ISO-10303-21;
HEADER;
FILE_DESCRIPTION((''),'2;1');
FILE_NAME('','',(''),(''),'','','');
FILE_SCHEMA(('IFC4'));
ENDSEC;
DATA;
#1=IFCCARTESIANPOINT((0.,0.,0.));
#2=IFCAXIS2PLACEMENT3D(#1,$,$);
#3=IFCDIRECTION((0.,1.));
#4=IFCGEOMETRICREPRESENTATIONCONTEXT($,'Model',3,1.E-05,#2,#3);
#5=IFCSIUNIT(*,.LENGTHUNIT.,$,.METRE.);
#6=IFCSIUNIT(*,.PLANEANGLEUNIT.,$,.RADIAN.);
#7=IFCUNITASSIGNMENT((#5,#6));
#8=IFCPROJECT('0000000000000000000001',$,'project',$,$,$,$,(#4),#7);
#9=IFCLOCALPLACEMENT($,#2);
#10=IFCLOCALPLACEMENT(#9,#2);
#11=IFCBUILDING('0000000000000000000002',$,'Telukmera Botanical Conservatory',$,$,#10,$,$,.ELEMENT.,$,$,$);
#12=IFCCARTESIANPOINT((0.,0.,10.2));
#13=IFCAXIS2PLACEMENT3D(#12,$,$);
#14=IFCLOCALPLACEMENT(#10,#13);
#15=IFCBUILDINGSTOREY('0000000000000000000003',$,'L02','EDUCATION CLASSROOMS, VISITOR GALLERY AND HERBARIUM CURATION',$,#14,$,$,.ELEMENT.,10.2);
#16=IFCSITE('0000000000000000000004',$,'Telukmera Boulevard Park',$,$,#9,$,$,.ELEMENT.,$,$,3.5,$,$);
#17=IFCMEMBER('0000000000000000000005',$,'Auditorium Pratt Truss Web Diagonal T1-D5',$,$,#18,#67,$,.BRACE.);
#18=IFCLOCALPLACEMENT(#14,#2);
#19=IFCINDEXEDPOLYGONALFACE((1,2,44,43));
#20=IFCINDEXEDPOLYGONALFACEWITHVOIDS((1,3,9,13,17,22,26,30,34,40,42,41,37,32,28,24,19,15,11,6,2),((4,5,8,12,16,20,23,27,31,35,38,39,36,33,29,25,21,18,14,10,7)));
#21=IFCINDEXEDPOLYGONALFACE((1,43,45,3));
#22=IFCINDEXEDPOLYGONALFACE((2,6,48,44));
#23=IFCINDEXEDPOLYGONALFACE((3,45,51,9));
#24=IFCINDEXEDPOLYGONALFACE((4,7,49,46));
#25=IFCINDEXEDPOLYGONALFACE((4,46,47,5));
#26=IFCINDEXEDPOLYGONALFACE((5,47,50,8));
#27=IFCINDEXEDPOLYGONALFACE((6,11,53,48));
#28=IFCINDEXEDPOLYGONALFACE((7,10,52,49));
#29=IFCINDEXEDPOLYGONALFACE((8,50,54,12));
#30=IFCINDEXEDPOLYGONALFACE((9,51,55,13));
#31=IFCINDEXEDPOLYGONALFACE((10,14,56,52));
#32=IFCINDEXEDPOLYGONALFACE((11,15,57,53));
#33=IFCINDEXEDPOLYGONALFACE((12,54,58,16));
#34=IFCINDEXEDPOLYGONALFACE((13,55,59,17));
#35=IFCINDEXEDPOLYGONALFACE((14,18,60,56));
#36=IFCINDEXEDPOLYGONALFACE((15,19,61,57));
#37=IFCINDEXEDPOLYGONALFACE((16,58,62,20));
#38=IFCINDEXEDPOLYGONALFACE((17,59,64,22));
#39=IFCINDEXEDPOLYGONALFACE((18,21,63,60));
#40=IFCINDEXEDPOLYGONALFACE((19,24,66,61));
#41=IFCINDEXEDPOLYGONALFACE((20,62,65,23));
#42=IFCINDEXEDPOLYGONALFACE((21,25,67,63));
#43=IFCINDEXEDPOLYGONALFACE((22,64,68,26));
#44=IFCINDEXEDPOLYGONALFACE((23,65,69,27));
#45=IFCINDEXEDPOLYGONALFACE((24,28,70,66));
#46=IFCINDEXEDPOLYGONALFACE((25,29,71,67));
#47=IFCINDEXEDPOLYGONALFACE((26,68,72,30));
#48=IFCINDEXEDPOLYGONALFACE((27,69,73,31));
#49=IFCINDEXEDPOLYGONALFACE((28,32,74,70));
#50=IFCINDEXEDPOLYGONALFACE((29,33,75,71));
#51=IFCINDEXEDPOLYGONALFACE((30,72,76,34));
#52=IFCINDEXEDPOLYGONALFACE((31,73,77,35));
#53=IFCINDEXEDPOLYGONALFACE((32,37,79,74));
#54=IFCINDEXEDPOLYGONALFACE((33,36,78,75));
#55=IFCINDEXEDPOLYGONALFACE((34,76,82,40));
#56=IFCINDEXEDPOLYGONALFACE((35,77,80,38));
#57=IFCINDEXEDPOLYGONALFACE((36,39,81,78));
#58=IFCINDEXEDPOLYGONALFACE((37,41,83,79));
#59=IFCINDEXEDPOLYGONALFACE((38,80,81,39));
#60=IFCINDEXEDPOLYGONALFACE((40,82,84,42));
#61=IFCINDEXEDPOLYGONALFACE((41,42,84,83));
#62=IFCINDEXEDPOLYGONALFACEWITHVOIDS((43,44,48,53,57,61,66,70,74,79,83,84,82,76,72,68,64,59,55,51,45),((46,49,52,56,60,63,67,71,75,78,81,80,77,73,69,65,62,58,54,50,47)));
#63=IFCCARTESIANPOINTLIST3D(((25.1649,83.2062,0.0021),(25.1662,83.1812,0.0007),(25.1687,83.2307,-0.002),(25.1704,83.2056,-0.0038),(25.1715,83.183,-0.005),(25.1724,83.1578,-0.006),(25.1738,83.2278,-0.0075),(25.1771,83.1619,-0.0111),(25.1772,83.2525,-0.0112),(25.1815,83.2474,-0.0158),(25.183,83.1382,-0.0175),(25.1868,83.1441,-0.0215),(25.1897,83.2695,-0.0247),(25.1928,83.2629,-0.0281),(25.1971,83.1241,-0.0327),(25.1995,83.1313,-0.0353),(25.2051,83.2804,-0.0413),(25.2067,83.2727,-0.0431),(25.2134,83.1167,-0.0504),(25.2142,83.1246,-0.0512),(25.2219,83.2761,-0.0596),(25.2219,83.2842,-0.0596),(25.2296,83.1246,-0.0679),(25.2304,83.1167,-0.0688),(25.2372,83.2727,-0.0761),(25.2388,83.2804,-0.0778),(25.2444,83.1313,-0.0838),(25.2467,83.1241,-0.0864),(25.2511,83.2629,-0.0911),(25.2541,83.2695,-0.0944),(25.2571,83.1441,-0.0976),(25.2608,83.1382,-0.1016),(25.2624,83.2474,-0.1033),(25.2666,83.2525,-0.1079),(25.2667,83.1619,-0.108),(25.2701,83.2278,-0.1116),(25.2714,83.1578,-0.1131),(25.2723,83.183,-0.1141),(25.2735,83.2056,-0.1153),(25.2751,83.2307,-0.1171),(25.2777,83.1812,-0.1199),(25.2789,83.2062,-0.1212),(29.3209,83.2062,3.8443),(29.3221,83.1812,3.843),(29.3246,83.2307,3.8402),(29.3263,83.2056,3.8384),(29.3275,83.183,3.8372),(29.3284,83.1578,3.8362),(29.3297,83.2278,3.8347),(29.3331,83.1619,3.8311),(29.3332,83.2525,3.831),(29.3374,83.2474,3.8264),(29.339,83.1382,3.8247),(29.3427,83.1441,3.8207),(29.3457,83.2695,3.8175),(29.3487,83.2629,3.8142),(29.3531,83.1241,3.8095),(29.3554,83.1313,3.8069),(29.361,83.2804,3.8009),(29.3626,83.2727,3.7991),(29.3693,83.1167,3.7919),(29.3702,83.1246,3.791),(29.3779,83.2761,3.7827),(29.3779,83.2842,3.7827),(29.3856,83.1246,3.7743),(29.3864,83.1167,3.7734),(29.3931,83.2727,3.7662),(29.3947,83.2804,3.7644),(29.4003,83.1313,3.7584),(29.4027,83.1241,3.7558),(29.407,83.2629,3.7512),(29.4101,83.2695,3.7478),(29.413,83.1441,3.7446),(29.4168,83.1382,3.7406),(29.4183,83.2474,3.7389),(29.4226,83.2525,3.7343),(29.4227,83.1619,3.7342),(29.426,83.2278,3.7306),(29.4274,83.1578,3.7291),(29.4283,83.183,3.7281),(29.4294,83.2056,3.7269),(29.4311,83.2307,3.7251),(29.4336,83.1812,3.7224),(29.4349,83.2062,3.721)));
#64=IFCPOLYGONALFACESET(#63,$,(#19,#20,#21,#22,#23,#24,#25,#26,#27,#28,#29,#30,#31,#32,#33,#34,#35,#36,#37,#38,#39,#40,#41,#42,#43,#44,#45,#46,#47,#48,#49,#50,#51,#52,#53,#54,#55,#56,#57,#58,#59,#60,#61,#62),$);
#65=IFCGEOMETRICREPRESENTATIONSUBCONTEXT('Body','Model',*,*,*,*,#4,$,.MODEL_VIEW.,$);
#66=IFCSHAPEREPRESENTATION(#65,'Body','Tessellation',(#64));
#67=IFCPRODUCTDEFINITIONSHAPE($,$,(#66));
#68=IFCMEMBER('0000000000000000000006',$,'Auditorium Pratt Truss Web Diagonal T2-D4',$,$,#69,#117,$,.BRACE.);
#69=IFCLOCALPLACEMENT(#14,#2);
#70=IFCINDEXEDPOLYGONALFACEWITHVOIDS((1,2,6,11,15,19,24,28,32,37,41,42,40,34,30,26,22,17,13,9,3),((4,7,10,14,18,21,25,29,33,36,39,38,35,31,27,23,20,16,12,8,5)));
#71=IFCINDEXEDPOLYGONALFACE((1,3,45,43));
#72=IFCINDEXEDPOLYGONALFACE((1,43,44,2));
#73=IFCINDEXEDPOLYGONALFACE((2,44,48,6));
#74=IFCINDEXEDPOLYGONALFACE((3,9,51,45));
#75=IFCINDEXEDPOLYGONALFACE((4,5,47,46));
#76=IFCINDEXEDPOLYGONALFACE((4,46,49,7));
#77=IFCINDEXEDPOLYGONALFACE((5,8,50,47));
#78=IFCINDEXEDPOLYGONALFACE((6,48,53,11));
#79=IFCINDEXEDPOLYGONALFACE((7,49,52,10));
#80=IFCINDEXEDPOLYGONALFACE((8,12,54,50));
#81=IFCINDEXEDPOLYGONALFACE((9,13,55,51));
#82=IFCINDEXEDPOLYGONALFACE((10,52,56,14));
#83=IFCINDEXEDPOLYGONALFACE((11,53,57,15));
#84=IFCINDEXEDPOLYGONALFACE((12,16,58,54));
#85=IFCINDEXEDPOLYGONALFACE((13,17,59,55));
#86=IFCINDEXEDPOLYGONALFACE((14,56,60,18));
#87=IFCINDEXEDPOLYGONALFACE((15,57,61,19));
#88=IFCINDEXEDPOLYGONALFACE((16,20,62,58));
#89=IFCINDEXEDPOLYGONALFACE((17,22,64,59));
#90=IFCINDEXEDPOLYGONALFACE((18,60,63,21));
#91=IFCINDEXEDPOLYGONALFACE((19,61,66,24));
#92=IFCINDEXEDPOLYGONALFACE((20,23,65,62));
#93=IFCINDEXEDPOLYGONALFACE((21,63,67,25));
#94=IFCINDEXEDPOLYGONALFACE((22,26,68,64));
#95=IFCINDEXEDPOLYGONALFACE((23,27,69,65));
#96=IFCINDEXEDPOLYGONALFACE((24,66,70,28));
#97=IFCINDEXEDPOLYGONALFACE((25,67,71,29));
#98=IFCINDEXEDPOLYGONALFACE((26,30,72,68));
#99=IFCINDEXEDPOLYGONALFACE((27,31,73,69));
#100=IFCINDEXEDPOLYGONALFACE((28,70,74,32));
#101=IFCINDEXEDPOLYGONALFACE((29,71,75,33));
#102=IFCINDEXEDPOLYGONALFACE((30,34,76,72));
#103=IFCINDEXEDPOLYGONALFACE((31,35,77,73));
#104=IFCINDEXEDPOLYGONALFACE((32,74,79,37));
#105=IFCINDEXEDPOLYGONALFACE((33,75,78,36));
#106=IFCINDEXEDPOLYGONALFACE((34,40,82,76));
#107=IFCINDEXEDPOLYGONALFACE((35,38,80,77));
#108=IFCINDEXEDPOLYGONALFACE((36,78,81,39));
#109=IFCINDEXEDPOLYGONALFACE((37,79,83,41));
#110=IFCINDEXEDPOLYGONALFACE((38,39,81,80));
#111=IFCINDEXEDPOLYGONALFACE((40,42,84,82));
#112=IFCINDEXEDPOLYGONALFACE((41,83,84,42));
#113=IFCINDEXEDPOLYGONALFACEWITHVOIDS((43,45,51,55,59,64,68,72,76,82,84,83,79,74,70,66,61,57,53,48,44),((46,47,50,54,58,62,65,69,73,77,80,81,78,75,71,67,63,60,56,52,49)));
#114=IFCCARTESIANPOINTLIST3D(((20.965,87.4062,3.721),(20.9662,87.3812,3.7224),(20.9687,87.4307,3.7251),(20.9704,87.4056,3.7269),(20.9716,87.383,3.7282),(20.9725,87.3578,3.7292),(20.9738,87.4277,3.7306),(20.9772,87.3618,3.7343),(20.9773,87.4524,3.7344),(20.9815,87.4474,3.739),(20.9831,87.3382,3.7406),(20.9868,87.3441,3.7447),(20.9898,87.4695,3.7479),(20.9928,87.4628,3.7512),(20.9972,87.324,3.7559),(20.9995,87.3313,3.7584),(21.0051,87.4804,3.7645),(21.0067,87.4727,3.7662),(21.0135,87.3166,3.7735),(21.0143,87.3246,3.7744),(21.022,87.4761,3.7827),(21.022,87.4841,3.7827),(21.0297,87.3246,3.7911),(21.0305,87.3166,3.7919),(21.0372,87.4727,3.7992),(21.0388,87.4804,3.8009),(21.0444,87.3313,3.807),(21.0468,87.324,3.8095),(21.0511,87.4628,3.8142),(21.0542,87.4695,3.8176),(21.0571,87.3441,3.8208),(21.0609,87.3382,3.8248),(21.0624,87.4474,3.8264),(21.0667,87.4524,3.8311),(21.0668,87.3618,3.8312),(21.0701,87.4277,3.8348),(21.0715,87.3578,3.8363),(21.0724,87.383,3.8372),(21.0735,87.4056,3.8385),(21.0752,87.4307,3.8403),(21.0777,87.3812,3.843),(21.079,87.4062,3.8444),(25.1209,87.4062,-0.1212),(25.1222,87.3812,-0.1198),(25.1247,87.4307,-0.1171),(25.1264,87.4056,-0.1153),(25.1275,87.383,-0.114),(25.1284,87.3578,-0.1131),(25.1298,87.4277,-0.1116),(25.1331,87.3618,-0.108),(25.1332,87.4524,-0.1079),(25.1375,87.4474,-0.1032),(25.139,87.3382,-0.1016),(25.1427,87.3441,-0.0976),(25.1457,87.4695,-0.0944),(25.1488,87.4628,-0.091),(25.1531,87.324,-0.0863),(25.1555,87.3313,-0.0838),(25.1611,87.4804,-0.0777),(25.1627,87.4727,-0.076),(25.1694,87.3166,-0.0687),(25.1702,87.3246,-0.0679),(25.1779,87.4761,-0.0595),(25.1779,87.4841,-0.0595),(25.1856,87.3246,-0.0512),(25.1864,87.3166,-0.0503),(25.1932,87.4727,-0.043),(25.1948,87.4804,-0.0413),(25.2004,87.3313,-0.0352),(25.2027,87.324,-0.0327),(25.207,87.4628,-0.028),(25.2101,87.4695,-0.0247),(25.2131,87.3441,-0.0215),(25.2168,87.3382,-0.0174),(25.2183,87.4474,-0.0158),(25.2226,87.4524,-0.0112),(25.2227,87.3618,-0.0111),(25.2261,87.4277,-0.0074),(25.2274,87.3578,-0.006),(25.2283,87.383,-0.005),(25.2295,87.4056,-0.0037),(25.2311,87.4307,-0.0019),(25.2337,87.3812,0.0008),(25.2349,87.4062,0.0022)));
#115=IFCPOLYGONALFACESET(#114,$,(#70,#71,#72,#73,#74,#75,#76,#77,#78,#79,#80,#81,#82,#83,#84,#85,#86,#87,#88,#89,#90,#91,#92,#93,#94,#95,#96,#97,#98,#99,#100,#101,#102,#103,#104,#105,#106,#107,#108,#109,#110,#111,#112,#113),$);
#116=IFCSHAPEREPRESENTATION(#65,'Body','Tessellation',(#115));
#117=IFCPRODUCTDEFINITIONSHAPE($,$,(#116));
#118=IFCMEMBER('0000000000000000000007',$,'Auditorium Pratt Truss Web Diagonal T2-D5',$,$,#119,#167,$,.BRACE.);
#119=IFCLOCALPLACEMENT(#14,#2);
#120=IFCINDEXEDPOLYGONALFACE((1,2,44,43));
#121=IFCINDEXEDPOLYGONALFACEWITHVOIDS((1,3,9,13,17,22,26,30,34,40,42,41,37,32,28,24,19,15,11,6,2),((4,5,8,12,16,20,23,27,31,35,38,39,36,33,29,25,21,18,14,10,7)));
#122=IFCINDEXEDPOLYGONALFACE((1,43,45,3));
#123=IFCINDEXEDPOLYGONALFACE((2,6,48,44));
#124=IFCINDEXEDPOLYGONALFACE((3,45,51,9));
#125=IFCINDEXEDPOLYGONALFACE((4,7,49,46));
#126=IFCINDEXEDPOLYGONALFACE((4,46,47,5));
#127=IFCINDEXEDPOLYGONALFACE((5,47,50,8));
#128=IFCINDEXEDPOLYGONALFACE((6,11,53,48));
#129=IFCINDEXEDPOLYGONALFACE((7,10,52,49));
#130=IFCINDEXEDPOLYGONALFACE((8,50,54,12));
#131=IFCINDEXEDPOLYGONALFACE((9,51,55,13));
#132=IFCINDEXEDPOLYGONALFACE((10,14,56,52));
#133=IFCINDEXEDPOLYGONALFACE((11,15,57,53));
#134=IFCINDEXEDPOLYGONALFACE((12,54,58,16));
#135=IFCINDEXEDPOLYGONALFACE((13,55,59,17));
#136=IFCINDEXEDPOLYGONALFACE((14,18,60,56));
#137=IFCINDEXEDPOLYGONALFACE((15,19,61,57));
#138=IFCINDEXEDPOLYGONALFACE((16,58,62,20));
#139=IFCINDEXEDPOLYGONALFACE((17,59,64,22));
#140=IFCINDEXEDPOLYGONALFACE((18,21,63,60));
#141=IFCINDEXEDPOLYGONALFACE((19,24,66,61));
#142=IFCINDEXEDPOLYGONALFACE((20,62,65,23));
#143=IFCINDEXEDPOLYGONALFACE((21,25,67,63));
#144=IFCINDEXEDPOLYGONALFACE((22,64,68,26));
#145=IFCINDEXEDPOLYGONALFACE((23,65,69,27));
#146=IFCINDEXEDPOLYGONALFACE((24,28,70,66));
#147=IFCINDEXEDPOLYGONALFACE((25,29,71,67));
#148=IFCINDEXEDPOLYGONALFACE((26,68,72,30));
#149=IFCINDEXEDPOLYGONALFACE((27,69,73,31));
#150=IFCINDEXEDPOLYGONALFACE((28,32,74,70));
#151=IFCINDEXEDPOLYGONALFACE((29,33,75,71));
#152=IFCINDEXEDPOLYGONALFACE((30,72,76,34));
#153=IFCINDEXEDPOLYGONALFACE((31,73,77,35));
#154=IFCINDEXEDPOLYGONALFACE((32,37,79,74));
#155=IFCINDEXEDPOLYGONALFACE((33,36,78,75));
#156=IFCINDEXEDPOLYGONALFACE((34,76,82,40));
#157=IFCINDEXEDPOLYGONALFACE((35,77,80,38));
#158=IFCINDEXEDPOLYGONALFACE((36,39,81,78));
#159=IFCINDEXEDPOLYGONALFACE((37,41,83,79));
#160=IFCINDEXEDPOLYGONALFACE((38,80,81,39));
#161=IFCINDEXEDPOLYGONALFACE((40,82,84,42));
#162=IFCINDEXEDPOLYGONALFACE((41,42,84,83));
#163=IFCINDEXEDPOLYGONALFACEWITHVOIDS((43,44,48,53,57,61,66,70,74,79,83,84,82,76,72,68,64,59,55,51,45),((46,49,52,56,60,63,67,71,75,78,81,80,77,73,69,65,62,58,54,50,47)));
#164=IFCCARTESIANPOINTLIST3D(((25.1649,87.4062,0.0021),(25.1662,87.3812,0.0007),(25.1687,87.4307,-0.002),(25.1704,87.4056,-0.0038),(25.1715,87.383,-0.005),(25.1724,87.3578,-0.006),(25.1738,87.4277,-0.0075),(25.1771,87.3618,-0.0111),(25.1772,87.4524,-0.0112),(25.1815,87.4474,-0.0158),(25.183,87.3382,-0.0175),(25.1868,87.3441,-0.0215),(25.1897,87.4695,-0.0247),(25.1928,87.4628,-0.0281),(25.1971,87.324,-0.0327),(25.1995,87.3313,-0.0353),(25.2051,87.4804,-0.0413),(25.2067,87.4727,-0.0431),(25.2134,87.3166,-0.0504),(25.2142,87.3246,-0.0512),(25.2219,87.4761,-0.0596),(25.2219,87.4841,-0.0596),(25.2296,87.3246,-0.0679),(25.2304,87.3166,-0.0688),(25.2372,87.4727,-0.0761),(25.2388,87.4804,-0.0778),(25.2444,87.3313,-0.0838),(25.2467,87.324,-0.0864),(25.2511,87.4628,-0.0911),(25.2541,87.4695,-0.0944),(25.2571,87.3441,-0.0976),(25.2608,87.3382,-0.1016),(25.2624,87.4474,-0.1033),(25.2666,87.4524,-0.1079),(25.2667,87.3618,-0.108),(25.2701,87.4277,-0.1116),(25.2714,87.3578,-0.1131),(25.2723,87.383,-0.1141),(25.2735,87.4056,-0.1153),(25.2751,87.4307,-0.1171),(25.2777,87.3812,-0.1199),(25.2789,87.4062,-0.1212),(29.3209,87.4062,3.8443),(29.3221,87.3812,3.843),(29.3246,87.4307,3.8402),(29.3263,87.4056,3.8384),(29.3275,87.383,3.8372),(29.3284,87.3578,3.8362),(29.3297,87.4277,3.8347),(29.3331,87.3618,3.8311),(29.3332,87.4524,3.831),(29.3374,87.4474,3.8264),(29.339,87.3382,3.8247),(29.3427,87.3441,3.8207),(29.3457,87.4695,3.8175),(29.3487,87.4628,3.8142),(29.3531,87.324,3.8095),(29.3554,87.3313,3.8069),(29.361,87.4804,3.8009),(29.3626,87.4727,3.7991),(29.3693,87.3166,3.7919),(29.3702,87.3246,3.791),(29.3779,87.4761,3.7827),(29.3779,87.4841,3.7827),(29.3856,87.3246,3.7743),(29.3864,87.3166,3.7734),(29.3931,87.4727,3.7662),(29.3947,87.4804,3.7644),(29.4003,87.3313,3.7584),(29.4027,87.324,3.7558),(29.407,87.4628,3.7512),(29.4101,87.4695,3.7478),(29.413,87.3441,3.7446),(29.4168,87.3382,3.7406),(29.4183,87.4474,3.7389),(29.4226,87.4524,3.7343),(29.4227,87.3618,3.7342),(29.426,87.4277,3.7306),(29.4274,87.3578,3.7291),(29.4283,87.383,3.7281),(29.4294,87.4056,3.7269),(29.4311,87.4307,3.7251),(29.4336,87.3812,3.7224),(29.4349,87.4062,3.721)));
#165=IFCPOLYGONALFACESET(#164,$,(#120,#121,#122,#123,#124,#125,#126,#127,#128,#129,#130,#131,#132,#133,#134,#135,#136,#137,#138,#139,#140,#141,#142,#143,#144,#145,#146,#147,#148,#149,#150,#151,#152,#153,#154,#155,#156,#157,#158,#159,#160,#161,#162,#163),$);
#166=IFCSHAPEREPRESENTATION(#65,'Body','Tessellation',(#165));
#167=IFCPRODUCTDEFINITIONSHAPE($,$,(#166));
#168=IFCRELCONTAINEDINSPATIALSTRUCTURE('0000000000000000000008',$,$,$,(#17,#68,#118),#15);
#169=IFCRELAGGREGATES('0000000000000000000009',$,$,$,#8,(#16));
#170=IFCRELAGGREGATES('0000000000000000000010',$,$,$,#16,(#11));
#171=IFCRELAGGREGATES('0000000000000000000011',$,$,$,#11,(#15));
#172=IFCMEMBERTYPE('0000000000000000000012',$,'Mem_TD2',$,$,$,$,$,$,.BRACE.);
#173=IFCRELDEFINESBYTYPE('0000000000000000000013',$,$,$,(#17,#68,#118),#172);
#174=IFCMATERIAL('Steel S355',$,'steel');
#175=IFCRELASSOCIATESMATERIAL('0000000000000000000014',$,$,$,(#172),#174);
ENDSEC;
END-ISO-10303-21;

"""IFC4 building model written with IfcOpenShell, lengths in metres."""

from ifc_helpers import new_model, si_unit, direction, frame, origin, origin_2d, place, context, subcontext, project, spatial, hollow_circle, extrude, material, material_profile, profile_set, type_object, element, save


model = new_model("IFC4")

# Units and contexts
model_context = context("Model", 3, precision=1e-05, world=origin(), true_north=direction((0.0, 1.0)))
body_context = subcontext(model_context, "Body", "Model", "MODEL_VIEW")
ifc_project = project(units=[si_unit("LENGTHUNIT", "METRE"), si_unit("PLANEANGLEUNIT", "RADIAN")], contexts=[model_context])

# Site, building, storey
site_placement = place(None, origin())
site = spatial("IfcSite", under=ifc_project, at=site_placement, Name="Telukmera Boulevard Park", CompositionType="ELEMENT", RefElevation=3.5)
building_placement = place(site_placement, origin())
building = spatial("IfcBuilding", under=site, at=building_placement, Name="Telukmera Botanical Conservatory", CompositionType="ELEMENT")
storey_placement = place(building_placement, frame((0.0, 0.0, 10.2)))
storey = spatial("IfcBuildingStorey", under=building, at=storey_placement, Name="L02", Description="EDUCATION CLASSROOMS, VISITOR GALLERY AND HERBARIUM CURATION", CompositionType="ELEMENT", Elevation=10.2)

# Members
ifc_material_1 = material(Name="Steel S355", Category="steel")
ifc_material_profile_1 = material_profile(ifc_material_1, hollow_circle(Radius=0.0842, WallThickness=0.0081, at=origin_2d()), Name="CHS 168.3x8.0")
ifc_profile_set_1 = profile_set([ifc_material_profile_1], Name="Steel S355")
member_type_1 = type_object("IfcMemberType", Name="Mem_TD2", PredefinedType="BRACE", material=ifc_profile_set_1)
for number, where, z_axis, x_axis, name in (
    (1, (25.2219, 83.2, -0.0596), (0.734277, 0.0, 0.67885), (0.0, 1.0, 0.0), "Auditorium Pratt Truss Web Diagonal T1-D5"),
    (2, (21.022, 87.3999, 3.7827), (0.734277, 0.0, -0.67885), (0.0, 1.0, 0.0), "Auditorium Pratt Truss Web Diagonal T2-D4"),
    (3, (25.2219, 87.3999, -0.0596), (0.734277, 0.0, 0.67885), (0.0, 1.0, 0.0), "Auditorium Pratt Truss Web Diagonal T2-D5"),
):
    element("IfcMember", number, at=place(storey_placement, frame(where, z_axis=z_axis, x_axis=x_axis)), inside=storey, type_object=member_type_1, Name=name, PredefinedType="BRACE", context=body_context, shape_type="SweptSolid", body=[
        extrude(hollow_circle(Radius=0.0842, WallThickness=0.0081, at=origin_2d()), origin(), (0.0, 0.0, 1.0), 5.6599),
    ])

save(model, "model.ifc")
